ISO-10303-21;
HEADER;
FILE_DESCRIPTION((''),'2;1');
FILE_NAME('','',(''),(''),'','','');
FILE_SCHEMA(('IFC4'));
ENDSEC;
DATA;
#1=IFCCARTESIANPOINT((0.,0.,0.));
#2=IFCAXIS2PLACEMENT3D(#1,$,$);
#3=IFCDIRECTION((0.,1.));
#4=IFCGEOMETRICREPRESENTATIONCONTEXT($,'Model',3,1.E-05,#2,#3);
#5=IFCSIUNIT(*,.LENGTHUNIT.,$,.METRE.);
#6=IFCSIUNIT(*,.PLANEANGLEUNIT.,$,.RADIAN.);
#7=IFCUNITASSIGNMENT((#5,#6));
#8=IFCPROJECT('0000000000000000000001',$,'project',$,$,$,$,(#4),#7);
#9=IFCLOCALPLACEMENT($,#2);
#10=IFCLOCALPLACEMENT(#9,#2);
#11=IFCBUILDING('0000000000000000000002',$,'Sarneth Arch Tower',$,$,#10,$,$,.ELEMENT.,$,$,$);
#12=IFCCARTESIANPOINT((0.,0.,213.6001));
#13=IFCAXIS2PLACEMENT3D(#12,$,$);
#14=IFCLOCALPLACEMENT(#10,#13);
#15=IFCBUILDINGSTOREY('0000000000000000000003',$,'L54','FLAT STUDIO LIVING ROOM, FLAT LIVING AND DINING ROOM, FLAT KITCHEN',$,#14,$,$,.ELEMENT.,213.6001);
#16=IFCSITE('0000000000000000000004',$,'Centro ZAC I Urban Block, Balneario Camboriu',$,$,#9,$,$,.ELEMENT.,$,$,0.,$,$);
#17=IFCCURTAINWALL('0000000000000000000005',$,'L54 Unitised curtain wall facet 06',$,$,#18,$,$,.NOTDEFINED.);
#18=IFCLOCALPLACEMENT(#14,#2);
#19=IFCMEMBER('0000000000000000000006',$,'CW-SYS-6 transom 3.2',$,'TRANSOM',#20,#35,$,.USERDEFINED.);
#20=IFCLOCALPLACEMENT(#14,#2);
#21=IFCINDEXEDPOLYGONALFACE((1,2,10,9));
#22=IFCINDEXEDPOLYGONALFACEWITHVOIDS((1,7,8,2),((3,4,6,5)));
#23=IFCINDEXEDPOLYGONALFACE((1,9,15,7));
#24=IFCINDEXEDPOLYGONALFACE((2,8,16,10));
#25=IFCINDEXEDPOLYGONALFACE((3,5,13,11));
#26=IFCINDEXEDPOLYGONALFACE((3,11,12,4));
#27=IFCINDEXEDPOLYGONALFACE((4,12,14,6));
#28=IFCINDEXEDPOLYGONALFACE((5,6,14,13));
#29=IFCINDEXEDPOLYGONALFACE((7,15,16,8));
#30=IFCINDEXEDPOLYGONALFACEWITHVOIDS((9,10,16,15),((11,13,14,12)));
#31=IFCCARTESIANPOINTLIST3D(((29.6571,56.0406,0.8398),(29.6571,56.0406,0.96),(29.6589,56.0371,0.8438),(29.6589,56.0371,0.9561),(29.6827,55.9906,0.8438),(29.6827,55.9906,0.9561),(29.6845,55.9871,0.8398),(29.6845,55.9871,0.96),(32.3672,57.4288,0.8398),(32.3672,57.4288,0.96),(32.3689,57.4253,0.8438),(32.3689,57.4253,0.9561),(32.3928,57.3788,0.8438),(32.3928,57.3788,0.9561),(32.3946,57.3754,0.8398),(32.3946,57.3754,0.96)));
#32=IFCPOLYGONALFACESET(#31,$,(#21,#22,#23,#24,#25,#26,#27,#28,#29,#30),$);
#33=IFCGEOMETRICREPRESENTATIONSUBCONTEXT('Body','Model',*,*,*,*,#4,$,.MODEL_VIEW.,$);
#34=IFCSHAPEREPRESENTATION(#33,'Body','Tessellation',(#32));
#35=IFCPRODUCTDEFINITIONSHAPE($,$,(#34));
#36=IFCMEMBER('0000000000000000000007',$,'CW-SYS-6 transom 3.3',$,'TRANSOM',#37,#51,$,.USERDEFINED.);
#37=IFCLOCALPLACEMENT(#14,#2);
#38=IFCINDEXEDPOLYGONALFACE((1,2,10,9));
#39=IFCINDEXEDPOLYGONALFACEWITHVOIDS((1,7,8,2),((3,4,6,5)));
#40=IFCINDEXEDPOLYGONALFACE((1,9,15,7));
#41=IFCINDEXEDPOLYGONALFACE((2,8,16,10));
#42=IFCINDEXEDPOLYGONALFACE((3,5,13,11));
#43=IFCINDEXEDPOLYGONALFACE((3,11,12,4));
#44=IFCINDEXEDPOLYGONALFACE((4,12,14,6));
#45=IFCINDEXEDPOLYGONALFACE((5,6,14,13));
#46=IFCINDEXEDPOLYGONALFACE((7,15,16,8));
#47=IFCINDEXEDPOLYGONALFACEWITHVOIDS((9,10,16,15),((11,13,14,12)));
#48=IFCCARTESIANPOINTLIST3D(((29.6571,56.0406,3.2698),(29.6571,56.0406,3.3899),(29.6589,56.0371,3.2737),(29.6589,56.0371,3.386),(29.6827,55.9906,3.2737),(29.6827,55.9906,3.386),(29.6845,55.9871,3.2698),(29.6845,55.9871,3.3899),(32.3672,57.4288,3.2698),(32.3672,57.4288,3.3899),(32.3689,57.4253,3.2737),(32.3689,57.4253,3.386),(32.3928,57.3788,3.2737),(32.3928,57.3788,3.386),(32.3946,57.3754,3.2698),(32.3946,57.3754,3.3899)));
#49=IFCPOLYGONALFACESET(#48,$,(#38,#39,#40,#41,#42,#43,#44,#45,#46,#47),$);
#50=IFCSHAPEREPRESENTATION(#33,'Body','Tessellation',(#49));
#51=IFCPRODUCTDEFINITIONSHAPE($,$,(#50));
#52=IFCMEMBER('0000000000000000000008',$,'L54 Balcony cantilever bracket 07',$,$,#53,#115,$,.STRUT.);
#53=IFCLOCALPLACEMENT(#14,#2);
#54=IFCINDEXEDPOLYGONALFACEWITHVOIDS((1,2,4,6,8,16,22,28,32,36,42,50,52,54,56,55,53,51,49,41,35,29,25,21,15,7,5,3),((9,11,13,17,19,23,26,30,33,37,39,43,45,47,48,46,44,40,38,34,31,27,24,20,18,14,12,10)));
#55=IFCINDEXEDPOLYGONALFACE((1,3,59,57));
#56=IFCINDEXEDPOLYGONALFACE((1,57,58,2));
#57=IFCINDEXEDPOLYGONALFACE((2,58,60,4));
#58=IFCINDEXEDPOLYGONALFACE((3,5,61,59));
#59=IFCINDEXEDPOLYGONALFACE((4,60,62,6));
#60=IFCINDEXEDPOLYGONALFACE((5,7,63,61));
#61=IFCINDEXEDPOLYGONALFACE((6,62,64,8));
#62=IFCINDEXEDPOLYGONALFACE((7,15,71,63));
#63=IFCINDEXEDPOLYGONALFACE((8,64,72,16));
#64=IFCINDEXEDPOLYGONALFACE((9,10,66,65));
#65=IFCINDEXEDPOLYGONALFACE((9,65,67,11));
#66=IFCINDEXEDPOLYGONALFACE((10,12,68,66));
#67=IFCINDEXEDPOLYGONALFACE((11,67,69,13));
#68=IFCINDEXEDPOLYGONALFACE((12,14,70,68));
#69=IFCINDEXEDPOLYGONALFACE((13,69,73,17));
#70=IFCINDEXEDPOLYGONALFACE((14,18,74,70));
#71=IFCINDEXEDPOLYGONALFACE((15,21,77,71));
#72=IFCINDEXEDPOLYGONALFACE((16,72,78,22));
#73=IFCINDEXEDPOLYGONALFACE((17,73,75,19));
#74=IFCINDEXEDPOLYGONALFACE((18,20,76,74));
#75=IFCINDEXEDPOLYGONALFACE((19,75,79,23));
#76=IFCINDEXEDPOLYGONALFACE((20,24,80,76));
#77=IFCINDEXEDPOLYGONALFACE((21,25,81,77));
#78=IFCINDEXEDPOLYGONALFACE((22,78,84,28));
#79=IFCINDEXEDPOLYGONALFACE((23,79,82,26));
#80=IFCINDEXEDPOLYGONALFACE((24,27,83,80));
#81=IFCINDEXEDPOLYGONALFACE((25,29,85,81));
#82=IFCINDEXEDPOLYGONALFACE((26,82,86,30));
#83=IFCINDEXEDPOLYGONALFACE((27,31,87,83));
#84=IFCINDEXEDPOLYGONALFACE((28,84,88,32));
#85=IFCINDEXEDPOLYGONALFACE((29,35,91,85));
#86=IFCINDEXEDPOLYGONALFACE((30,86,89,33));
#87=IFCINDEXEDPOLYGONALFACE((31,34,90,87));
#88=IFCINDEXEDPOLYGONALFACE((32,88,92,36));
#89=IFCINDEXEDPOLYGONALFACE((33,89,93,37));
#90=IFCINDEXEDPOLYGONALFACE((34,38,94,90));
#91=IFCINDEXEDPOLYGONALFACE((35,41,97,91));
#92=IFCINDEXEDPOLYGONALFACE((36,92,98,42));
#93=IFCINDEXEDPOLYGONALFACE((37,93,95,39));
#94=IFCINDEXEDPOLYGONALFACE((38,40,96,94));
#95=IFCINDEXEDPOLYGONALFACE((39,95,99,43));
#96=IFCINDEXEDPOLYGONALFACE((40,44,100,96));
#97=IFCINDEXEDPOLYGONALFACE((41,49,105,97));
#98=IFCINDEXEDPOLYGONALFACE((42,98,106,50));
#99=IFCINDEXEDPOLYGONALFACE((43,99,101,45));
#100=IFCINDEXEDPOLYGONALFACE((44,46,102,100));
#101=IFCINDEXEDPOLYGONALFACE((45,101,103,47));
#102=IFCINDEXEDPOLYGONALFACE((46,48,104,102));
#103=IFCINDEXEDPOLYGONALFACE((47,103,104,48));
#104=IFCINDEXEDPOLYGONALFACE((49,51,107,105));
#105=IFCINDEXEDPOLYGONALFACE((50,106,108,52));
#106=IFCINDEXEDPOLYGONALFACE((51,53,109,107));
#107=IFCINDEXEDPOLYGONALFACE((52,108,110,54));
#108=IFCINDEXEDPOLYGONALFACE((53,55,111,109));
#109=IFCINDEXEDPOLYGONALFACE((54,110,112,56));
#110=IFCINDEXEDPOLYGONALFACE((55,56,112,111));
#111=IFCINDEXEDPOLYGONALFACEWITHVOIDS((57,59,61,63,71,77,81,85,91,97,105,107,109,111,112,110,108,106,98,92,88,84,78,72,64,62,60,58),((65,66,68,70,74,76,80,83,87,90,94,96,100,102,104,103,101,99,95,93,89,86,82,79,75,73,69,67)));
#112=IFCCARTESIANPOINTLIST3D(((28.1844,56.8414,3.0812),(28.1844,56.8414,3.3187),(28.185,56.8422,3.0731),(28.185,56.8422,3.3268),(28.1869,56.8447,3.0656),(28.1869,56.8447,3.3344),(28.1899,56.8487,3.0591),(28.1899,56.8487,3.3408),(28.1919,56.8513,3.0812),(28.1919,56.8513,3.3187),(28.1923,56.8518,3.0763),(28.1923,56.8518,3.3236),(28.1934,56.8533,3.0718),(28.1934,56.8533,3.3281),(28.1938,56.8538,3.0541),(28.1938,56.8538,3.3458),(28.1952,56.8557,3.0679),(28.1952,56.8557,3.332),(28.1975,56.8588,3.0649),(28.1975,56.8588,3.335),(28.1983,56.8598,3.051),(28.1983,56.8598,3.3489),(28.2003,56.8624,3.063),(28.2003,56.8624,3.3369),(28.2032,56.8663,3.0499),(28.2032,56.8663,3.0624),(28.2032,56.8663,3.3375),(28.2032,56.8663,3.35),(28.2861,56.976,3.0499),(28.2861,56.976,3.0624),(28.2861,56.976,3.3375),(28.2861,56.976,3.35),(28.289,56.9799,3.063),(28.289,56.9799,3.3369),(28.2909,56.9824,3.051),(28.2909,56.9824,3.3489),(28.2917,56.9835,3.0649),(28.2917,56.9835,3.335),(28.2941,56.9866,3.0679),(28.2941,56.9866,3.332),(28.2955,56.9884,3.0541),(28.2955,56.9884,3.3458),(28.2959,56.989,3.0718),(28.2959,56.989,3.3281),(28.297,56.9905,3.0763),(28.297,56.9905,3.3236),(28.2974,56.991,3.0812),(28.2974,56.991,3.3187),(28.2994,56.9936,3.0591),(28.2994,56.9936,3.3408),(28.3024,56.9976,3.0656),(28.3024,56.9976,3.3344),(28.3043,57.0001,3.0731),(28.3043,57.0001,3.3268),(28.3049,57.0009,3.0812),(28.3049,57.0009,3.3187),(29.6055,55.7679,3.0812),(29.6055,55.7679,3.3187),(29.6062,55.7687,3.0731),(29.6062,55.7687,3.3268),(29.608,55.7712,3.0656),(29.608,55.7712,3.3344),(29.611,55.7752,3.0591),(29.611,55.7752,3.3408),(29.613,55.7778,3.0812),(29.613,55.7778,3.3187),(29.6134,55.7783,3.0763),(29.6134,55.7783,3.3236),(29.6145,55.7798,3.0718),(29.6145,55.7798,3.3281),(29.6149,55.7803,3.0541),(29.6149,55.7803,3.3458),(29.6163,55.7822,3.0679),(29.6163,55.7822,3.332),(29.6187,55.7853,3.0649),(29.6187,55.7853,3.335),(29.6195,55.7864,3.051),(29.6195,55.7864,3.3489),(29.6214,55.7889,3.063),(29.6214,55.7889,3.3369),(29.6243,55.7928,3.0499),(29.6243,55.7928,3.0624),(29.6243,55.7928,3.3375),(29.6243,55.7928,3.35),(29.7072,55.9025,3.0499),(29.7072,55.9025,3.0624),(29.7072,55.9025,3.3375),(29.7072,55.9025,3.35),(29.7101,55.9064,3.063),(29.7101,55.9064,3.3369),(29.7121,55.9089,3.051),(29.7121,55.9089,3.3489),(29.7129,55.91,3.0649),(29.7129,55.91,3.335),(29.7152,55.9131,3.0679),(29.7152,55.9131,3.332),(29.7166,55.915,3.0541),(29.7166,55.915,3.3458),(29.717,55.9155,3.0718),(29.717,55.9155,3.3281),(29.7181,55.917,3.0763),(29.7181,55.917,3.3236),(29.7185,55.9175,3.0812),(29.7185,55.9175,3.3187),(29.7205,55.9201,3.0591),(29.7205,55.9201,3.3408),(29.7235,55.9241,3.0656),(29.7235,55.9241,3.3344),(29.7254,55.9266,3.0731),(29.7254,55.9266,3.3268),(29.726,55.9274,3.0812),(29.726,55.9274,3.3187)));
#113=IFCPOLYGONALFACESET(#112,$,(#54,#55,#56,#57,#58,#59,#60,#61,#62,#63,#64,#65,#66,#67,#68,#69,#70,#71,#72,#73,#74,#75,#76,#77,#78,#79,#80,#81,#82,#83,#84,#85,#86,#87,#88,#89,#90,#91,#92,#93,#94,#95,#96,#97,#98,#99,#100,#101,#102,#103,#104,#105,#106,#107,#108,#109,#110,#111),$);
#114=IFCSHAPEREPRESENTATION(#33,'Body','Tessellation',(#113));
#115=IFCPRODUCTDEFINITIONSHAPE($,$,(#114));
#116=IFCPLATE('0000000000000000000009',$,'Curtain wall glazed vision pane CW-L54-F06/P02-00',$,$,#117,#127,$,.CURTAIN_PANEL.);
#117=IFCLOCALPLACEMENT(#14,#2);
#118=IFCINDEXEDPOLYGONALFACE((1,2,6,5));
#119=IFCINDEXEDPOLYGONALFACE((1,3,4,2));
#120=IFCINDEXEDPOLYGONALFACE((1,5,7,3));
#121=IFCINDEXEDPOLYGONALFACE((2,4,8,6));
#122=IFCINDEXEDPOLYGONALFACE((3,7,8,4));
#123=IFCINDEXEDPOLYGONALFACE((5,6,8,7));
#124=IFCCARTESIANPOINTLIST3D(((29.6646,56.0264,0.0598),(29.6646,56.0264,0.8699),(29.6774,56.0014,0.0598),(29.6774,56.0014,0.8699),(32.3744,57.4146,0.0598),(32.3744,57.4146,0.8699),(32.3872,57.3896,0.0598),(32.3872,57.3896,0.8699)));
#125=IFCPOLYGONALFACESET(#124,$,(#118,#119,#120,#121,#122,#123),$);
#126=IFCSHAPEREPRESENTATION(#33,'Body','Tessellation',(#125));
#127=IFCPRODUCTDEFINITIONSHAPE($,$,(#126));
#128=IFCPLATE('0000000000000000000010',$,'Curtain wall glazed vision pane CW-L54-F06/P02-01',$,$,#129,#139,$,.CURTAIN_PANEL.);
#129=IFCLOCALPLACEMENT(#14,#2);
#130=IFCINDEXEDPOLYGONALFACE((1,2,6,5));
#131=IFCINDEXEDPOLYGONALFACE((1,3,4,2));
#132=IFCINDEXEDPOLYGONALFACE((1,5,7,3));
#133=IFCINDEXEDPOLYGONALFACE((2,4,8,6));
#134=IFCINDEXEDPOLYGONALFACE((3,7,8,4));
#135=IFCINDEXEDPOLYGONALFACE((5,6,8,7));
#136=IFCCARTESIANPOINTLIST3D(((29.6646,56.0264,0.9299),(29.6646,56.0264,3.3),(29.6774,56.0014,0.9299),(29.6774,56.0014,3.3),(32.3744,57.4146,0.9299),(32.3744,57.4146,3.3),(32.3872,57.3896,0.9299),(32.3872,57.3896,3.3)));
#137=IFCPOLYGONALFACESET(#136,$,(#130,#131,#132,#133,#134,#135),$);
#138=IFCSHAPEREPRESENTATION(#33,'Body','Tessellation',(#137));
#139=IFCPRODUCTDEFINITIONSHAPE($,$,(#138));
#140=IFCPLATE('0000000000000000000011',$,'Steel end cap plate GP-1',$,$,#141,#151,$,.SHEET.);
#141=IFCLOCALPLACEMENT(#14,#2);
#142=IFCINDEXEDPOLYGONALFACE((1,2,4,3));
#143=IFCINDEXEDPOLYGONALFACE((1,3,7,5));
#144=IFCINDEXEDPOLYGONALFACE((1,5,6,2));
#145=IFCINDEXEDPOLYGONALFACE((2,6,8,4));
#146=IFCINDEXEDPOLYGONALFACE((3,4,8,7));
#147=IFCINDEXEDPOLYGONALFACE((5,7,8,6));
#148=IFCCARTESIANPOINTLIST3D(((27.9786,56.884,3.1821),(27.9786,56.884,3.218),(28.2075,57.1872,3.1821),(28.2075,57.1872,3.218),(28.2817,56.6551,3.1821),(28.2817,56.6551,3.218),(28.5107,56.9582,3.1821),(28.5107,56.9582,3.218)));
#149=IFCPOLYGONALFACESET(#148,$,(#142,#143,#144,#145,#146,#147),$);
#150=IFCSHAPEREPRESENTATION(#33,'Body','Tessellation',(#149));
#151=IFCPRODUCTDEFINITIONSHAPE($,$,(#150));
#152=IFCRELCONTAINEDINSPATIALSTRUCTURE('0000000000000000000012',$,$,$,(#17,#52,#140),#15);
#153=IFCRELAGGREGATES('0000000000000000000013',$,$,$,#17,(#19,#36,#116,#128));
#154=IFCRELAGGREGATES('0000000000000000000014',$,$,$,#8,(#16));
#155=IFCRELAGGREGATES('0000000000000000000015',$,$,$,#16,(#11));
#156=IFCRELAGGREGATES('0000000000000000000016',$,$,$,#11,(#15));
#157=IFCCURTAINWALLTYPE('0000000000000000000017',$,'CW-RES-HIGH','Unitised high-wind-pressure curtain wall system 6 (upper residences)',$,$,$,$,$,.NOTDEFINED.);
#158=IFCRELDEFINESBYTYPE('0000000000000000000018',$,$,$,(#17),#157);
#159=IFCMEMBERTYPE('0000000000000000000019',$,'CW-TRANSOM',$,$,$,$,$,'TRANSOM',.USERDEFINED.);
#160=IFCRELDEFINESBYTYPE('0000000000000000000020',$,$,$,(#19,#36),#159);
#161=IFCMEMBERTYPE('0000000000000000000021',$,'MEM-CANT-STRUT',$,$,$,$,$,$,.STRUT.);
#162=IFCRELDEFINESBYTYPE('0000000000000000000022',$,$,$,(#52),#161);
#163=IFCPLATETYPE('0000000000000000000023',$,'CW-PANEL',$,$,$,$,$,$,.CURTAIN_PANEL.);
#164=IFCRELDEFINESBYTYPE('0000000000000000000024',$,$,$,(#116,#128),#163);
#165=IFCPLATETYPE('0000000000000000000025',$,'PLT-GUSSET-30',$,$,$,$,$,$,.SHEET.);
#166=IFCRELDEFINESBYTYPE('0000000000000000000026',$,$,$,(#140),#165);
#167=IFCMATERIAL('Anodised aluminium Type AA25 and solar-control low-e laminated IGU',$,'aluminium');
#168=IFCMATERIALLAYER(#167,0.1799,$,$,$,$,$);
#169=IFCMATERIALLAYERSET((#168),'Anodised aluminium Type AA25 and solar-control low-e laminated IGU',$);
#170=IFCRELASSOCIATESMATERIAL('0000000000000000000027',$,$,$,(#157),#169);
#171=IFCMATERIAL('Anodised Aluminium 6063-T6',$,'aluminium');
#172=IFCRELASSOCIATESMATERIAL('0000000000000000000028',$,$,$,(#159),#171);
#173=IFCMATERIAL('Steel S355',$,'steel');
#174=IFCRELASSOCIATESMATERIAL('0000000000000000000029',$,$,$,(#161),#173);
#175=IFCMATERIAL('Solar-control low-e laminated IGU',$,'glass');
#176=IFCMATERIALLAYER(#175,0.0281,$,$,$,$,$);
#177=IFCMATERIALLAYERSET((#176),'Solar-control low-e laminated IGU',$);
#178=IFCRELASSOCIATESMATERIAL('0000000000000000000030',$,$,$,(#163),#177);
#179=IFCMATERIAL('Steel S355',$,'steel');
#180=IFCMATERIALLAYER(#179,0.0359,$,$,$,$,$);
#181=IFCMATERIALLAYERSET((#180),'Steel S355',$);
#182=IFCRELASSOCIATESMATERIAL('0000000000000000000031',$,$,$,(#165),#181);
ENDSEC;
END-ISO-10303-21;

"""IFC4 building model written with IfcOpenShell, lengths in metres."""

from ifc_helpers import new_model, si_unit, direction, frame, origin, origin_2d, place, context, subcontext, project, spatial, rectangle, hollow_rectangle, extrude, material, layer, layer_set, material_profile, profile_set, type_object, element, aggregate, save


model = new_model("IFC4")

# Units and contexts
model_context = context("Model", 3, precision=1e-05, world=origin(), true_north=direction((0.0, 1.0)))
body_context = subcontext(model_context, "Body", "Model", "MODEL_VIEW")
ifc_project = project(units=[si_unit("LENGTHUNIT", "METRE"), si_unit("PLANEANGLEUNIT", "RADIAN")], contexts=[model_context])

# Site, building, storey
site_placement = place(None, origin())
site = spatial("IfcSite", under=ifc_project, at=site_placement, Name="Centro ZAC I Urban Block, Balneario Camboriu", CompositionType="ELEMENT", RefElevation=0.0)
building_placement = place(site_placement, origin())
building = spatial("IfcBuilding", under=site, at=building_placement, Name="Sarneth Arch Tower", CompositionType="ELEMENT")
storey_placement = place(building_placement, frame((0.0, 0.0, 213.6001)))
storey = spatial("IfcBuildingStorey", under=building, at=storey_placement, Name="L54", Description="FLAT STUDIO LIVING ROOM, FLAT LIVING AND DINING ROOM, FLAT KITCHEN", CompositionType="ELEMENT", Elevation=213.6001)

# Curtain wall, members
ifc_material_1 = material(Name="Anodised aluminium Type AA25 and solar-control low-e laminated IGU", Category="aluminium")
ifc_layer_1 = layer(ifc_material_1, 0.1799)
ifc_layer_set_1 = layer_set([ifc_layer_1], Name="Anodised aluminium Type AA25 and solar-control low-e laminated IGU")
curtain_wall_type = type_object("IfcCurtainWallType", Name="CW-RES-HIGH", Description="Unitised high-wind-pressure curtain wall system 6 (upper residences)", PredefinedType="NOTDEFINED", material=ifc_layer_set_1)
curtain_wall_placement = place(storey_placement, origin())
curtain_wall = element("IfcCurtainWall", 1, at=curtain_wall_placement, inside=storey, type_object=curtain_wall_type, Name="L54 Unitised curtain wall facet 06", PredefinedType="NOTDEFINED")
ifc_material_2 = material(Name="Anodised Aluminium 6063-T6", Category="aluminium")
ifc_material_profile_1 = material_profile(ifc_material_2, hollow_rectangle(XDim=0.0601, YDim=0.1201, WallThickness=0.0039, at=origin_2d()), Name="AL-TRAN-120x60x4")
ifc_profile_set_1 = profile_set([ifc_material_profile_1], Name="Anodised Aluminium 6063-T6")
member_type_1 = type_object("IfcMemberType", Name="CW-TRANSOM", ElementType="TRANSOM", PredefinedType="USERDEFINED", material=ifc_profile_set_1)
member_1_placement = place(storey_placement, frame((32.3809, 57.4021, 0.8999), z_axis=(-0.890023, -0.455916, 0.0), x_axis=(0.455916, -0.890023, 0.0)))
member_1 = element("IfcMember", 2, at=member_1_placement, type_object=member_type_1, Name="CW-SYS-6 transom 3.2", ObjectType="TRANSOM", PredefinedType="USERDEFINED", context=body_context, shape_type="SweptSolid", body=[
    extrude(hollow_rectangle(XDim=0.0601, YDim=0.1201, WallThickness=0.0039, at=origin_2d()), origin(), (0.0, 0.0, 1.0), 3.0449),
])
member_2_placement = place(storey_placement, frame((32.3809, 57.4021, 3.3298), z_axis=(-0.890023, -0.455916, 0.0), x_axis=(0.455916, -0.890023, 0.0)))
member_2 = element("IfcMember", 3, at=member_2_placement, type_object=member_type_1, Name="CW-SYS-6 transom 3.3", ObjectType="TRANSOM", PredefinedType="USERDEFINED", context=body_context, shape_type="SweptSolid", body=[
    extrude(hollow_rectangle(XDim=0.0601, YDim=0.1201, WallThickness=0.0039, at=origin_2d()), origin(), (0.0, 0.0, 1.0), 3.0449),
])

# Member
ifc_material_3 = material(Name="Steel S355", Category="steel")
ifc_material_profile_2 = material_profile(ifc_material_3, hollow_rectangle(XDim=0.2, YDim=0.3, WallThickness=0.0125, InnerFilletRadius=0.0188, OuterFilletRadius=0.0312, at=origin_2d()), Name="RHS300x200x12.5")
ifc_profile_set_2 = profile_set([ifc_material_profile_2], Name="Steel S355")
member_type_2 = type_object("IfcMemberType", Name="MEM-CANT-STRUT", PredefinedType="STRUT", material=ifc_profile_set_2)
member_3_placement = place(storey_placement, frame((29.6658, 55.8477, 3.2), z_axis=(-0.797939, 0.602738, 0.0), x_axis=(-0.602738, -0.797939, 0.0)))
element("IfcMember", 4, at=member_3_placement, inside=storey, type_object=member_type_2, Name="L54 Balcony cantilever bracket 07", PredefinedType="STRUT", context=body_context, shape_type="SweptSolid", body=[
    extrude(hollow_rectangle(XDim=0.2, YDim=0.3, WallThickness=0.0125, InnerFilletRadius=0.0188, OuterFilletRadius=0.0312, at=origin_2d()), origin(), (0.0, 0.0, 1.0), 1.781),
])

# Plates
ifc_material_4 = material(Name="Solar-control low-e laminated IGU", Category="glass")
ifc_layer_2 = layer(ifc_material_4, 0.0281)
ifc_layer_set_2 = layer_set([ifc_layer_2], Name="Solar-control low-e laminated IGU")
plate_type_1 = type_object("IfcPlateType", Name="CW-PANEL", PredefinedType="CURTAIN_PANEL", material=ifc_layer_set_2)
plate_1_placement = place(storey_placement, frame((31.0259, 56.708, 0.0598), z_axis=(0.0, 0.0, 1.0), x_axis=(-0.89001, -0.455942, 0.0)))
plate_1 = element("IfcPlate", 5, at=plate_1_placement, type_object=plate_type_1, Name="Curtain wall glazed vision pane CW-L54-F06/P02-00", PredefinedType="CURTAIN_PANEL", context=body_context, shape_type="SweptSolid", body=[
    extrude(rectangle(XDim=3.0447, YDim=0.0281, at=origin_2d()), origin(), (0.0, 0.0, 1.0), 0.8101),
])
plate_2_placement = place(storey_placement, frame((31.0259, 56.708, 0.9299), z_axis=(0.0, 0.0, 1.0), x_axis=(-0.89001, -0.455942, 0.0)))
plate_2 = element("IfcPlate", 6, at=plate_2_placement, type_object=plate_type_1, Name="Curtain wall glazed vision pane CW-L54-F06/P02-01", PredefinedType="CURTAIN_PANEL", context=body_context, shape_type="SweptSolid", body=[
    extrude(rectangle(XDim=3.0447, YDim=0.0281, at=origin_2d()), origin(), (0.0, 0.0, 1.0), 2.3701),
])
aggregate(curtain_wall, [member_1, member_2, plate_1, plate_2])
ifc_material_5 = material(Name="Steel S355", Category="steel")
ifc_layer_3 = layer(ifc_material_5, 0.0359)
ifc_layer_set_3 = layer_set([ifc_layer_3], Name="Steel S355")
plate_type_2 = type_object("IfcPlateType", Name="PLT-GUSSET-30", PredefinedType="SHEET", material=ifc_layer_set_3)
plate_3_placement = place(storey_placement, frame((28.2446, 56.9211, 3.1821), z_axis=(0.0, 0.0, 1.0), x_axis=(-0.798005, 0.602651, 0.0)))
element("IfcPlate", 7, at=plate_3_placement, inside=storey, type_object=plate_type_2, Name="Steel end cap plate GP-1", PredefinedType="SHEET", context=body_context, shape_type="SweptSolid", body=[
    extrude(rectangle(XDim=0.3799, YDim=0.3799, at=origin_2d()), origin(), (0.0, 0.0, 1.0), 0.0359),
])

save(model, "model.ifc")
